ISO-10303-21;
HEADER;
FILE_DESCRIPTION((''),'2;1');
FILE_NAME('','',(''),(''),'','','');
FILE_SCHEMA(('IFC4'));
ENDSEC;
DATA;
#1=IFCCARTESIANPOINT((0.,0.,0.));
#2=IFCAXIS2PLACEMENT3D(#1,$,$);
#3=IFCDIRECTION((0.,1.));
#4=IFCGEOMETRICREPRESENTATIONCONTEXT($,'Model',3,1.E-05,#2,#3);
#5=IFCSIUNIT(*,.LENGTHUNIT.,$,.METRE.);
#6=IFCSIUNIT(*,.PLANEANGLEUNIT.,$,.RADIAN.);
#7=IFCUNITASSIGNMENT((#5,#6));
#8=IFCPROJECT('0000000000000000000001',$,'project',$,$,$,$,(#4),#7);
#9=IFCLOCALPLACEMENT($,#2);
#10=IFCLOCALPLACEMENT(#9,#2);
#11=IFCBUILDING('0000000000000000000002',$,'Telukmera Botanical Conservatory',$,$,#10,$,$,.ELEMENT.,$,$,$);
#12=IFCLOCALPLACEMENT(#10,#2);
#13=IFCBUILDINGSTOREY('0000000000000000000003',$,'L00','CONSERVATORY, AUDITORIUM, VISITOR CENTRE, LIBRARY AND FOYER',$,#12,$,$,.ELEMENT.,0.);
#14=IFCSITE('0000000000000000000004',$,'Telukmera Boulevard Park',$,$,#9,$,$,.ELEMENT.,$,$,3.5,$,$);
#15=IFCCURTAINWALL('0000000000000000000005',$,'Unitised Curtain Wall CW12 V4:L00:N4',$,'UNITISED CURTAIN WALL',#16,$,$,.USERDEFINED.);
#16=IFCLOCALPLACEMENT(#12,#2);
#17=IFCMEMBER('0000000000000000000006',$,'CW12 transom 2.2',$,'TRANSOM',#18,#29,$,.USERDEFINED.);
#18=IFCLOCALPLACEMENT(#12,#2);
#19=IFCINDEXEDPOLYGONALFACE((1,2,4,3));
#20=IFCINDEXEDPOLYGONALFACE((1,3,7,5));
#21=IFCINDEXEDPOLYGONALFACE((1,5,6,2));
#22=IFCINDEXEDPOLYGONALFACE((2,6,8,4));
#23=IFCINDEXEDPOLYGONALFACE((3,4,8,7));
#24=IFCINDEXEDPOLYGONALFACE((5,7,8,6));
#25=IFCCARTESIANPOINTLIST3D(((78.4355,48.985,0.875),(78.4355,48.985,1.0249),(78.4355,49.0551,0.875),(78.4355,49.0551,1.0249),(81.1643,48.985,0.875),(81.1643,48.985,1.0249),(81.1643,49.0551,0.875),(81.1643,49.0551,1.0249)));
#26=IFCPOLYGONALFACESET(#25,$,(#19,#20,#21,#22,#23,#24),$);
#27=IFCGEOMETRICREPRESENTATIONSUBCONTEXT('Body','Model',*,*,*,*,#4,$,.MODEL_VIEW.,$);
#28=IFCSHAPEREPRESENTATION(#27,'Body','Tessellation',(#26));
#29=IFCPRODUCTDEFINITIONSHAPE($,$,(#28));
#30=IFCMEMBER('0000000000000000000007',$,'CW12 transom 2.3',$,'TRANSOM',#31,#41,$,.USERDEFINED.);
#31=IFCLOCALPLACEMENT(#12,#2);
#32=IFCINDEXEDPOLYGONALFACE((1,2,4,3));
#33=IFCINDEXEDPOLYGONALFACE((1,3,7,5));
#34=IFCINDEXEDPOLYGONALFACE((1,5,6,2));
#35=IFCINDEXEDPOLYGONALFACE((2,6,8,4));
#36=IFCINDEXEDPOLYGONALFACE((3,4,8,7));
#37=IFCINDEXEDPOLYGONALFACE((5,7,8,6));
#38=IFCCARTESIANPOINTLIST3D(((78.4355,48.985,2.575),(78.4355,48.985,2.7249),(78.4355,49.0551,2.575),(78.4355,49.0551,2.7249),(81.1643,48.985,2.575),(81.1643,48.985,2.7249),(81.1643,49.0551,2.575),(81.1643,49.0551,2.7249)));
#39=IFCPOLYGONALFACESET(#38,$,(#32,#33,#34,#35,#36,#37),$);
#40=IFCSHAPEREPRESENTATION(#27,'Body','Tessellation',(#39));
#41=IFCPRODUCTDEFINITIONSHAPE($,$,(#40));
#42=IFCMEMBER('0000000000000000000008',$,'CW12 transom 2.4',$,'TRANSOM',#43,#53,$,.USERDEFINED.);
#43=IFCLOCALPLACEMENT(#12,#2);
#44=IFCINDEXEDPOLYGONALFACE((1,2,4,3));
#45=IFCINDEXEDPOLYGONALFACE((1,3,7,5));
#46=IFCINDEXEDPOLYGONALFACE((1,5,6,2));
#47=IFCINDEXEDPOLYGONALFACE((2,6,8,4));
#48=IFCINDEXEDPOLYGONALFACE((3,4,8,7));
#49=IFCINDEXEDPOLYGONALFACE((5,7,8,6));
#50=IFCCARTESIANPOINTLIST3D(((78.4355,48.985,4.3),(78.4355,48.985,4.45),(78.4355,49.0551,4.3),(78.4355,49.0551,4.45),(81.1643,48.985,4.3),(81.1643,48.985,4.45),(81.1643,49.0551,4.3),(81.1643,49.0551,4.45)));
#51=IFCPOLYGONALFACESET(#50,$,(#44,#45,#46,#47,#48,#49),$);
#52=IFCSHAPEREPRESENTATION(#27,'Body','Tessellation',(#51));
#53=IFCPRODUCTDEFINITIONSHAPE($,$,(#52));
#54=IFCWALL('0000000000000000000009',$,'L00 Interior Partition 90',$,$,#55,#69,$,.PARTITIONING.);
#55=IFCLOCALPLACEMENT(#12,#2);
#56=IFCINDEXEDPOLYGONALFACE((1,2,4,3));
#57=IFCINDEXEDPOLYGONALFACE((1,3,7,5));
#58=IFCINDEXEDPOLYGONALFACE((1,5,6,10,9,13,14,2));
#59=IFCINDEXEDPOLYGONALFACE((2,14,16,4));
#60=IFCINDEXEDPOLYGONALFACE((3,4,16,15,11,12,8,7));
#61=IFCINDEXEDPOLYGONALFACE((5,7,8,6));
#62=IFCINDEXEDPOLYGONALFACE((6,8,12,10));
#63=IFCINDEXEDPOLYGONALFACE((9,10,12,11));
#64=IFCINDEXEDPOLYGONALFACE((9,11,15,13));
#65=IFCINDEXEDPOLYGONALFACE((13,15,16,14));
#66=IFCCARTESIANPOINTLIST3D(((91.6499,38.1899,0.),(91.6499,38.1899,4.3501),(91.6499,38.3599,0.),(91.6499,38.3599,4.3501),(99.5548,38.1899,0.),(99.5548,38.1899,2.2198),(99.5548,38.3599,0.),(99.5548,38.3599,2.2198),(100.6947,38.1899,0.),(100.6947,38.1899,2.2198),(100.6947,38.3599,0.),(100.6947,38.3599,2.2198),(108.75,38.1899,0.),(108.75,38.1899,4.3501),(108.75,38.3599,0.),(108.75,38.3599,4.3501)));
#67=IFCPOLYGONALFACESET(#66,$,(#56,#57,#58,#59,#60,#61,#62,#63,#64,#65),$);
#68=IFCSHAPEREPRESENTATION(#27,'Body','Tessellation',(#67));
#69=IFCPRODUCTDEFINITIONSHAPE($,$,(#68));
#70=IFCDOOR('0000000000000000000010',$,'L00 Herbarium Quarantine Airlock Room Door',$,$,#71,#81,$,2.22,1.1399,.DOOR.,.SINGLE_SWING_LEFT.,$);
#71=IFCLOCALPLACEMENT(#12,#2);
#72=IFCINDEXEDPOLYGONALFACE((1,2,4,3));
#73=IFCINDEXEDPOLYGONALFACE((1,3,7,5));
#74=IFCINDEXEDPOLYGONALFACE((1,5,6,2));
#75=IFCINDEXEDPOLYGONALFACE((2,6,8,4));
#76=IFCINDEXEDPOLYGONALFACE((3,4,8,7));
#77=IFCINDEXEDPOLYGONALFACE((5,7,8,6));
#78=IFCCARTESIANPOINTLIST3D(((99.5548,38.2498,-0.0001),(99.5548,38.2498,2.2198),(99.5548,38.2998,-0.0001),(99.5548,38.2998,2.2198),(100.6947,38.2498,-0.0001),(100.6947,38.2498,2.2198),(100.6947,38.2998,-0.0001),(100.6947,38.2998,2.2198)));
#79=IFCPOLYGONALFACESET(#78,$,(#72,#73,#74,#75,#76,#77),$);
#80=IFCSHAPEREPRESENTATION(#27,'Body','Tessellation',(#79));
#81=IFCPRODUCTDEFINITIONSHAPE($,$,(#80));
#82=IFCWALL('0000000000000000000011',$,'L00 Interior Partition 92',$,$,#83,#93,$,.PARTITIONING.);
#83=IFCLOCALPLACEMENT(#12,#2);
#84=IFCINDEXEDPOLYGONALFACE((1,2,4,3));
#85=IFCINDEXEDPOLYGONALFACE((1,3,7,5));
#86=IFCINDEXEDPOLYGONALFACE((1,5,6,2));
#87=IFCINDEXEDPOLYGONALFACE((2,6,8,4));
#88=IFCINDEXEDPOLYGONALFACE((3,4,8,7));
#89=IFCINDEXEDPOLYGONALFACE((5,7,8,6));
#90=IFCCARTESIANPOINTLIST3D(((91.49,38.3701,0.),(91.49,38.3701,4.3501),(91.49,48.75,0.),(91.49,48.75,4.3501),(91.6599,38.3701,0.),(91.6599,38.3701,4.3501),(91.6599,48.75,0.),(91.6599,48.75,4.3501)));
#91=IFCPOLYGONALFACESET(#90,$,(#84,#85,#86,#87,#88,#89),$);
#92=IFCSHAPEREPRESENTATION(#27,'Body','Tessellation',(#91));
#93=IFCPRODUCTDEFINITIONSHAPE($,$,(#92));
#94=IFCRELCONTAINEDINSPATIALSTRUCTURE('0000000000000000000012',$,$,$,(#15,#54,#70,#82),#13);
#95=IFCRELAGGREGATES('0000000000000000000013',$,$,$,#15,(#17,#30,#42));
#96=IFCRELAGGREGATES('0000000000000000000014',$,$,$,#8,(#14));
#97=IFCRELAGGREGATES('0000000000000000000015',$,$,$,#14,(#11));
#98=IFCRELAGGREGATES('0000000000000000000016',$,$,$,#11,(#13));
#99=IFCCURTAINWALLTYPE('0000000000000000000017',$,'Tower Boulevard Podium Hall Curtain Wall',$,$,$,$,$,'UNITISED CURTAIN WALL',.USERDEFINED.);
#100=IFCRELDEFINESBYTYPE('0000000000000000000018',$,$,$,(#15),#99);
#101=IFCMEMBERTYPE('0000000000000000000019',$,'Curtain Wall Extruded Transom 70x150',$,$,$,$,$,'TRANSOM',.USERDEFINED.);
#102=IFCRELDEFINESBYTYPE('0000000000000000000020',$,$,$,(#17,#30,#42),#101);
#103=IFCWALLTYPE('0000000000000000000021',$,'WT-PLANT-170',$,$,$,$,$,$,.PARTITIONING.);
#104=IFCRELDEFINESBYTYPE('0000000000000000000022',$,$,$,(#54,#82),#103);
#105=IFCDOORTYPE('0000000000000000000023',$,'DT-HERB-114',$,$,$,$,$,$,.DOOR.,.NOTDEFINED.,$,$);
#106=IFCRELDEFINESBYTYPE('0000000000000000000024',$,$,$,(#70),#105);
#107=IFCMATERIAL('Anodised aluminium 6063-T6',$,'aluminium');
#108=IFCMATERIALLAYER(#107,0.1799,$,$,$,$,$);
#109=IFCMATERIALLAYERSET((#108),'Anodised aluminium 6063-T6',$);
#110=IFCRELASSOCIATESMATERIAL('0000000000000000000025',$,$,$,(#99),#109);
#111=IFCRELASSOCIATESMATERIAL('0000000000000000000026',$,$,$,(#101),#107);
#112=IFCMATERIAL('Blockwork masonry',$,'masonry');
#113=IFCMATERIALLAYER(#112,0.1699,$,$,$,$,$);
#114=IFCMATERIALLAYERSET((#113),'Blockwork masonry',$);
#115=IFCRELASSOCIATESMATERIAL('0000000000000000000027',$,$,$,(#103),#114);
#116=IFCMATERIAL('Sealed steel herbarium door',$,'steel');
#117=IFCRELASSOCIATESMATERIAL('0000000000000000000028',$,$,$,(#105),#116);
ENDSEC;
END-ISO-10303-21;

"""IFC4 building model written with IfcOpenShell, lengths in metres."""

from ifc_helpers import new_model, si_unit, direction, frame, frame_2d, origin, origin_2d, place, context, subcontext, project, spatial, rectangle, extrude, material, layer, layer_set, material_profile, profile_set, type_object, element, fill, aggregate, save


model = new_model("IFC4")

# Units and contexts
model_context = context("Model", 3, precision=1e-05, world=origin(), true_north=direction((0.0, 1.0)))
body_context = subcontext(model_context, "Body", "Model", "MODEL_VIEW")
ifc_project = project(units=[si_unit("LENGTHUNIT", "METRE"), si_unit("PLANEANGLEUNIT", "RADIAN")], contexts=[model_context])

# Site, building, storey
site_placement = place(None, origin())
site = spatial("IfcSite", under=ifc_project, at=site_placement, Name="Telukmera Boulevard Park", CompositionType="ELEMENT", RefElevation=3.5)
building_placement = place(site_placement, origin())
building = spatial("IfcBuilding", under=site, at=building_placement, Name="Telukmera Botanical Conservatory", CompositionType="ELEMENT")
storey_placement = place(building_placement, origin())
storey = spatial("IfcBuildingStorey", under=building, at=storey_placement, Name="L00", Description="CONSERVATORY, AUDITORIUM, VISITOR CENTRE, LIBRARY AND FOYER", CompositionType="ELEMENT", Elevation=0.0)

# Curtain wall, members
ifc_material_1 = material(Name="Anodised aluminium 6063-T6", Category="aluminium")
ifc_layer_1 = layer(ifc_material_1, 0.1799)
ifc_layer_set_1 = layer_set([ifc_layer_1], Name="Anodised aluminium 6063-T6")
curtain_wall_type = type_object("IfcCurtainWallType", Name="Tower Boulevard Podium Hall Curtain Wall", ElementType="UNITISED CURTAIN WALL", PredefinedType="USERDEFINED", material=ifc_layer_set_1)
curtain_wall_placement = place(storey_placement, origin())
curtain_wall = element("IfcCurtainWall", 1, at=curtain_wall_placement, inside=storey, type_object=curtain_wall_type, Name="Unitised Curtain Wall CW12 V4:L00:N4", ObjectType="UNITISED CURTAIN WALL", PredefinedType="USERDEFINED")
ifc_material_profile_1 = material_profile(ifc_material_1, rectangle(XDim=0.0701, YDim=0.1499, at=origin_2d()), Name="ALU TRAN 70x150")
ifc_profile_set_1 = profile_set([ifc_material_profile_1], Name="Anodised aluminium 6063-T6")
member_type = type_object("IfcMemberType", Name="Curtain Wall Extruded Transom 70x150", ElementType="TRANSOM", PredefinedType="USERDEFINED", material=ifc_profile_set_1)
member_1_placement = place(storey_placement, frame((78.4355, 49.02, 0.95), z_axis=(1.0, 0.0, 0.0), x_axis=(0.0, 1.0, 0.0)))
member_1 = element("IfcMember", 2, at=member_1_placement, type_object=member_type, Name="CW12 transom 2.2", ObjectType="TRANSOM", PredefinedType="USERDEFINED", context=body_context, shape_type="SweptSolid", body=[
    extrude(rectangle(XDim=0.0701, YDim=0.1499, at=origin_2d()), origin(), (0.0, 0.0, 1.0), 2.7288),
])
member_2_placement = place(storey_placement, frame((78.4355, 49.02, 2.6499), z_axis=(1.0, 0.0, 0.0), x_axis=(0.0, 1.0, 0.0)))
member_2 = element("IfcMember", 3, at=member_2_placement, type_object=member_type, Name="CW12 transom 2.3", ObjectType="TRANSOM", PredefinedType="USERDEFINED", context=body_context, shape_type="SweptSolid", body=[
    extrude(rectangle(XDim=0.0701, YDim=0.1499, at=origin_2d()), origin(), (0.0, 0.0, 1.0), 2.7288),
])
member_3_placement = place(storey_placement, frame((78.4355, 49.02, 4.375), z_axis=(1.0, 0.0, 0.0), x_axis=(0.0, 1.0, 0.0)))
member_3 = element("IfcMember", 4, at=member_3_placement, type_object=member_type, Name="CW12 transom 2.4", ObjectType="TRANSOM", PredefinedType="USERDEFINED", context=body_context, shape_type="SweptSolid", body=[
    extrude(rectangle(XDim=0.0701, YDim=0.1499, at=origin_2d()), origin(), (0.0, 0.0, 1.0), 2.7288),
])
aggregate(curtain_wall, [member_1, member_2, member_3])

# Wall, opening, door
ifc_material_2 = material(Name="Blockwork masonry", Category="masonry")
ifc_layer_2 = layer(ifc_material_2, 0.1699)
ifc_layer_set_2 = layer_set([ifc_layer_2], Name="Blockwork masonry")
wall_type = type_object("IfcWallType", Name="WT-PLANT-170", PredefinedType="PARTITIONING", material=ifc_layer_set_2)
wall_1_placement = place(storey_placement, frame((91.6499, 38.2749, 0.0), z_axis=(0.0, 0.0, 1.0), x_axis=(1.0, 0.0, 0.0)))
wall_1 = element("IfcWall", 5, at=wall_1_placement, inside=storey, type_object=wall_type, Name="L00 Interior Partition 90", PredefinedType="PARTITIONING", context=body_context, shape_type="SweptSolid", body=[
    extrude(rectangle(XDim=17.1001, YDim=0.1699, at=frame_2d((8.55, 0.0))), origin(), (0.0, 0.0, 1.0), 4.3501),
])
opening_placement = place(wall_1_placement, frame((7.905, 0.0, 0.0)))
opening = element("IfcOpeningElement", 6, at=opening_placement, cuts=wall_1, PredefinedType="OPENING", context=body_context, shape_type="SweptSolid", body=[
    extrude(rectangle(XDim=1.1399, YDim=2.22, at=frame_2d((0.5698, 1.1099))), frame((0.0, 0.095, 0.0), z_axis=(0.0, -1.0, 0.0), x_axis=(1.0, 0.0, 0.0)), (0.0, 0.0, 1.0), 0.1899),
])
ifc_material_3 = material(Name="Sealed steel herbarium door", Category="steel")
door_type = type_object("IfcDoorType", Name="DT-HERB-114", OperationType="NOTDEFINED", PredefinedType="DOOR", material=ifc_material_3)
door_placement = place(opening_placement, origin())
door = element("IfcDoor", 7, at=door_placement, inside=storey, type_object=door_type, Name="L00 Herbarium Quarantine Airlock Room Door", OperationType="SINGLE_SWING_LEFT", OverallHeight=2.22, OverallWidth=1.1399, PredefinedType="DOOR", context=body_context, shape_type="SweptSolid", body=[
    extrude(rectangle(XDim=1.1399, YDim=2.22, at=frame_2d((0.5698, 1.1099))), frame((0.0, 0.0249, 0.0), z_axis=(0.0, -1.0, 0.0), x_axis=(1.0, 0.0, 0.0)), (0.0, 0.0, 1.0), 0.05),
])
fill(opening, door)

# Wall
wall_2_placement = place(storey_placement, frame((91.575, 38.3701, 0.0), z_axis=(0.0, 0.0, 1.0), x_axis=(0.0, 1.0, 0.0)))
element("IfcWall", 8, at=wall_2_placement, inside=storey, type_object=wall_type, Name="L00 Interior Partition 92", PredefinedType="PARTITIONING", context=body_context, shape_type="SweptSolid", body=[
    extrude(rectangle(XDim=10.3799, YDim=0.1699, at=frame_2d((5.1899, 0.0))), origin(), (0.0, 0.0, 1.0), 4.3501),
])

save(model, "model.ifc")
